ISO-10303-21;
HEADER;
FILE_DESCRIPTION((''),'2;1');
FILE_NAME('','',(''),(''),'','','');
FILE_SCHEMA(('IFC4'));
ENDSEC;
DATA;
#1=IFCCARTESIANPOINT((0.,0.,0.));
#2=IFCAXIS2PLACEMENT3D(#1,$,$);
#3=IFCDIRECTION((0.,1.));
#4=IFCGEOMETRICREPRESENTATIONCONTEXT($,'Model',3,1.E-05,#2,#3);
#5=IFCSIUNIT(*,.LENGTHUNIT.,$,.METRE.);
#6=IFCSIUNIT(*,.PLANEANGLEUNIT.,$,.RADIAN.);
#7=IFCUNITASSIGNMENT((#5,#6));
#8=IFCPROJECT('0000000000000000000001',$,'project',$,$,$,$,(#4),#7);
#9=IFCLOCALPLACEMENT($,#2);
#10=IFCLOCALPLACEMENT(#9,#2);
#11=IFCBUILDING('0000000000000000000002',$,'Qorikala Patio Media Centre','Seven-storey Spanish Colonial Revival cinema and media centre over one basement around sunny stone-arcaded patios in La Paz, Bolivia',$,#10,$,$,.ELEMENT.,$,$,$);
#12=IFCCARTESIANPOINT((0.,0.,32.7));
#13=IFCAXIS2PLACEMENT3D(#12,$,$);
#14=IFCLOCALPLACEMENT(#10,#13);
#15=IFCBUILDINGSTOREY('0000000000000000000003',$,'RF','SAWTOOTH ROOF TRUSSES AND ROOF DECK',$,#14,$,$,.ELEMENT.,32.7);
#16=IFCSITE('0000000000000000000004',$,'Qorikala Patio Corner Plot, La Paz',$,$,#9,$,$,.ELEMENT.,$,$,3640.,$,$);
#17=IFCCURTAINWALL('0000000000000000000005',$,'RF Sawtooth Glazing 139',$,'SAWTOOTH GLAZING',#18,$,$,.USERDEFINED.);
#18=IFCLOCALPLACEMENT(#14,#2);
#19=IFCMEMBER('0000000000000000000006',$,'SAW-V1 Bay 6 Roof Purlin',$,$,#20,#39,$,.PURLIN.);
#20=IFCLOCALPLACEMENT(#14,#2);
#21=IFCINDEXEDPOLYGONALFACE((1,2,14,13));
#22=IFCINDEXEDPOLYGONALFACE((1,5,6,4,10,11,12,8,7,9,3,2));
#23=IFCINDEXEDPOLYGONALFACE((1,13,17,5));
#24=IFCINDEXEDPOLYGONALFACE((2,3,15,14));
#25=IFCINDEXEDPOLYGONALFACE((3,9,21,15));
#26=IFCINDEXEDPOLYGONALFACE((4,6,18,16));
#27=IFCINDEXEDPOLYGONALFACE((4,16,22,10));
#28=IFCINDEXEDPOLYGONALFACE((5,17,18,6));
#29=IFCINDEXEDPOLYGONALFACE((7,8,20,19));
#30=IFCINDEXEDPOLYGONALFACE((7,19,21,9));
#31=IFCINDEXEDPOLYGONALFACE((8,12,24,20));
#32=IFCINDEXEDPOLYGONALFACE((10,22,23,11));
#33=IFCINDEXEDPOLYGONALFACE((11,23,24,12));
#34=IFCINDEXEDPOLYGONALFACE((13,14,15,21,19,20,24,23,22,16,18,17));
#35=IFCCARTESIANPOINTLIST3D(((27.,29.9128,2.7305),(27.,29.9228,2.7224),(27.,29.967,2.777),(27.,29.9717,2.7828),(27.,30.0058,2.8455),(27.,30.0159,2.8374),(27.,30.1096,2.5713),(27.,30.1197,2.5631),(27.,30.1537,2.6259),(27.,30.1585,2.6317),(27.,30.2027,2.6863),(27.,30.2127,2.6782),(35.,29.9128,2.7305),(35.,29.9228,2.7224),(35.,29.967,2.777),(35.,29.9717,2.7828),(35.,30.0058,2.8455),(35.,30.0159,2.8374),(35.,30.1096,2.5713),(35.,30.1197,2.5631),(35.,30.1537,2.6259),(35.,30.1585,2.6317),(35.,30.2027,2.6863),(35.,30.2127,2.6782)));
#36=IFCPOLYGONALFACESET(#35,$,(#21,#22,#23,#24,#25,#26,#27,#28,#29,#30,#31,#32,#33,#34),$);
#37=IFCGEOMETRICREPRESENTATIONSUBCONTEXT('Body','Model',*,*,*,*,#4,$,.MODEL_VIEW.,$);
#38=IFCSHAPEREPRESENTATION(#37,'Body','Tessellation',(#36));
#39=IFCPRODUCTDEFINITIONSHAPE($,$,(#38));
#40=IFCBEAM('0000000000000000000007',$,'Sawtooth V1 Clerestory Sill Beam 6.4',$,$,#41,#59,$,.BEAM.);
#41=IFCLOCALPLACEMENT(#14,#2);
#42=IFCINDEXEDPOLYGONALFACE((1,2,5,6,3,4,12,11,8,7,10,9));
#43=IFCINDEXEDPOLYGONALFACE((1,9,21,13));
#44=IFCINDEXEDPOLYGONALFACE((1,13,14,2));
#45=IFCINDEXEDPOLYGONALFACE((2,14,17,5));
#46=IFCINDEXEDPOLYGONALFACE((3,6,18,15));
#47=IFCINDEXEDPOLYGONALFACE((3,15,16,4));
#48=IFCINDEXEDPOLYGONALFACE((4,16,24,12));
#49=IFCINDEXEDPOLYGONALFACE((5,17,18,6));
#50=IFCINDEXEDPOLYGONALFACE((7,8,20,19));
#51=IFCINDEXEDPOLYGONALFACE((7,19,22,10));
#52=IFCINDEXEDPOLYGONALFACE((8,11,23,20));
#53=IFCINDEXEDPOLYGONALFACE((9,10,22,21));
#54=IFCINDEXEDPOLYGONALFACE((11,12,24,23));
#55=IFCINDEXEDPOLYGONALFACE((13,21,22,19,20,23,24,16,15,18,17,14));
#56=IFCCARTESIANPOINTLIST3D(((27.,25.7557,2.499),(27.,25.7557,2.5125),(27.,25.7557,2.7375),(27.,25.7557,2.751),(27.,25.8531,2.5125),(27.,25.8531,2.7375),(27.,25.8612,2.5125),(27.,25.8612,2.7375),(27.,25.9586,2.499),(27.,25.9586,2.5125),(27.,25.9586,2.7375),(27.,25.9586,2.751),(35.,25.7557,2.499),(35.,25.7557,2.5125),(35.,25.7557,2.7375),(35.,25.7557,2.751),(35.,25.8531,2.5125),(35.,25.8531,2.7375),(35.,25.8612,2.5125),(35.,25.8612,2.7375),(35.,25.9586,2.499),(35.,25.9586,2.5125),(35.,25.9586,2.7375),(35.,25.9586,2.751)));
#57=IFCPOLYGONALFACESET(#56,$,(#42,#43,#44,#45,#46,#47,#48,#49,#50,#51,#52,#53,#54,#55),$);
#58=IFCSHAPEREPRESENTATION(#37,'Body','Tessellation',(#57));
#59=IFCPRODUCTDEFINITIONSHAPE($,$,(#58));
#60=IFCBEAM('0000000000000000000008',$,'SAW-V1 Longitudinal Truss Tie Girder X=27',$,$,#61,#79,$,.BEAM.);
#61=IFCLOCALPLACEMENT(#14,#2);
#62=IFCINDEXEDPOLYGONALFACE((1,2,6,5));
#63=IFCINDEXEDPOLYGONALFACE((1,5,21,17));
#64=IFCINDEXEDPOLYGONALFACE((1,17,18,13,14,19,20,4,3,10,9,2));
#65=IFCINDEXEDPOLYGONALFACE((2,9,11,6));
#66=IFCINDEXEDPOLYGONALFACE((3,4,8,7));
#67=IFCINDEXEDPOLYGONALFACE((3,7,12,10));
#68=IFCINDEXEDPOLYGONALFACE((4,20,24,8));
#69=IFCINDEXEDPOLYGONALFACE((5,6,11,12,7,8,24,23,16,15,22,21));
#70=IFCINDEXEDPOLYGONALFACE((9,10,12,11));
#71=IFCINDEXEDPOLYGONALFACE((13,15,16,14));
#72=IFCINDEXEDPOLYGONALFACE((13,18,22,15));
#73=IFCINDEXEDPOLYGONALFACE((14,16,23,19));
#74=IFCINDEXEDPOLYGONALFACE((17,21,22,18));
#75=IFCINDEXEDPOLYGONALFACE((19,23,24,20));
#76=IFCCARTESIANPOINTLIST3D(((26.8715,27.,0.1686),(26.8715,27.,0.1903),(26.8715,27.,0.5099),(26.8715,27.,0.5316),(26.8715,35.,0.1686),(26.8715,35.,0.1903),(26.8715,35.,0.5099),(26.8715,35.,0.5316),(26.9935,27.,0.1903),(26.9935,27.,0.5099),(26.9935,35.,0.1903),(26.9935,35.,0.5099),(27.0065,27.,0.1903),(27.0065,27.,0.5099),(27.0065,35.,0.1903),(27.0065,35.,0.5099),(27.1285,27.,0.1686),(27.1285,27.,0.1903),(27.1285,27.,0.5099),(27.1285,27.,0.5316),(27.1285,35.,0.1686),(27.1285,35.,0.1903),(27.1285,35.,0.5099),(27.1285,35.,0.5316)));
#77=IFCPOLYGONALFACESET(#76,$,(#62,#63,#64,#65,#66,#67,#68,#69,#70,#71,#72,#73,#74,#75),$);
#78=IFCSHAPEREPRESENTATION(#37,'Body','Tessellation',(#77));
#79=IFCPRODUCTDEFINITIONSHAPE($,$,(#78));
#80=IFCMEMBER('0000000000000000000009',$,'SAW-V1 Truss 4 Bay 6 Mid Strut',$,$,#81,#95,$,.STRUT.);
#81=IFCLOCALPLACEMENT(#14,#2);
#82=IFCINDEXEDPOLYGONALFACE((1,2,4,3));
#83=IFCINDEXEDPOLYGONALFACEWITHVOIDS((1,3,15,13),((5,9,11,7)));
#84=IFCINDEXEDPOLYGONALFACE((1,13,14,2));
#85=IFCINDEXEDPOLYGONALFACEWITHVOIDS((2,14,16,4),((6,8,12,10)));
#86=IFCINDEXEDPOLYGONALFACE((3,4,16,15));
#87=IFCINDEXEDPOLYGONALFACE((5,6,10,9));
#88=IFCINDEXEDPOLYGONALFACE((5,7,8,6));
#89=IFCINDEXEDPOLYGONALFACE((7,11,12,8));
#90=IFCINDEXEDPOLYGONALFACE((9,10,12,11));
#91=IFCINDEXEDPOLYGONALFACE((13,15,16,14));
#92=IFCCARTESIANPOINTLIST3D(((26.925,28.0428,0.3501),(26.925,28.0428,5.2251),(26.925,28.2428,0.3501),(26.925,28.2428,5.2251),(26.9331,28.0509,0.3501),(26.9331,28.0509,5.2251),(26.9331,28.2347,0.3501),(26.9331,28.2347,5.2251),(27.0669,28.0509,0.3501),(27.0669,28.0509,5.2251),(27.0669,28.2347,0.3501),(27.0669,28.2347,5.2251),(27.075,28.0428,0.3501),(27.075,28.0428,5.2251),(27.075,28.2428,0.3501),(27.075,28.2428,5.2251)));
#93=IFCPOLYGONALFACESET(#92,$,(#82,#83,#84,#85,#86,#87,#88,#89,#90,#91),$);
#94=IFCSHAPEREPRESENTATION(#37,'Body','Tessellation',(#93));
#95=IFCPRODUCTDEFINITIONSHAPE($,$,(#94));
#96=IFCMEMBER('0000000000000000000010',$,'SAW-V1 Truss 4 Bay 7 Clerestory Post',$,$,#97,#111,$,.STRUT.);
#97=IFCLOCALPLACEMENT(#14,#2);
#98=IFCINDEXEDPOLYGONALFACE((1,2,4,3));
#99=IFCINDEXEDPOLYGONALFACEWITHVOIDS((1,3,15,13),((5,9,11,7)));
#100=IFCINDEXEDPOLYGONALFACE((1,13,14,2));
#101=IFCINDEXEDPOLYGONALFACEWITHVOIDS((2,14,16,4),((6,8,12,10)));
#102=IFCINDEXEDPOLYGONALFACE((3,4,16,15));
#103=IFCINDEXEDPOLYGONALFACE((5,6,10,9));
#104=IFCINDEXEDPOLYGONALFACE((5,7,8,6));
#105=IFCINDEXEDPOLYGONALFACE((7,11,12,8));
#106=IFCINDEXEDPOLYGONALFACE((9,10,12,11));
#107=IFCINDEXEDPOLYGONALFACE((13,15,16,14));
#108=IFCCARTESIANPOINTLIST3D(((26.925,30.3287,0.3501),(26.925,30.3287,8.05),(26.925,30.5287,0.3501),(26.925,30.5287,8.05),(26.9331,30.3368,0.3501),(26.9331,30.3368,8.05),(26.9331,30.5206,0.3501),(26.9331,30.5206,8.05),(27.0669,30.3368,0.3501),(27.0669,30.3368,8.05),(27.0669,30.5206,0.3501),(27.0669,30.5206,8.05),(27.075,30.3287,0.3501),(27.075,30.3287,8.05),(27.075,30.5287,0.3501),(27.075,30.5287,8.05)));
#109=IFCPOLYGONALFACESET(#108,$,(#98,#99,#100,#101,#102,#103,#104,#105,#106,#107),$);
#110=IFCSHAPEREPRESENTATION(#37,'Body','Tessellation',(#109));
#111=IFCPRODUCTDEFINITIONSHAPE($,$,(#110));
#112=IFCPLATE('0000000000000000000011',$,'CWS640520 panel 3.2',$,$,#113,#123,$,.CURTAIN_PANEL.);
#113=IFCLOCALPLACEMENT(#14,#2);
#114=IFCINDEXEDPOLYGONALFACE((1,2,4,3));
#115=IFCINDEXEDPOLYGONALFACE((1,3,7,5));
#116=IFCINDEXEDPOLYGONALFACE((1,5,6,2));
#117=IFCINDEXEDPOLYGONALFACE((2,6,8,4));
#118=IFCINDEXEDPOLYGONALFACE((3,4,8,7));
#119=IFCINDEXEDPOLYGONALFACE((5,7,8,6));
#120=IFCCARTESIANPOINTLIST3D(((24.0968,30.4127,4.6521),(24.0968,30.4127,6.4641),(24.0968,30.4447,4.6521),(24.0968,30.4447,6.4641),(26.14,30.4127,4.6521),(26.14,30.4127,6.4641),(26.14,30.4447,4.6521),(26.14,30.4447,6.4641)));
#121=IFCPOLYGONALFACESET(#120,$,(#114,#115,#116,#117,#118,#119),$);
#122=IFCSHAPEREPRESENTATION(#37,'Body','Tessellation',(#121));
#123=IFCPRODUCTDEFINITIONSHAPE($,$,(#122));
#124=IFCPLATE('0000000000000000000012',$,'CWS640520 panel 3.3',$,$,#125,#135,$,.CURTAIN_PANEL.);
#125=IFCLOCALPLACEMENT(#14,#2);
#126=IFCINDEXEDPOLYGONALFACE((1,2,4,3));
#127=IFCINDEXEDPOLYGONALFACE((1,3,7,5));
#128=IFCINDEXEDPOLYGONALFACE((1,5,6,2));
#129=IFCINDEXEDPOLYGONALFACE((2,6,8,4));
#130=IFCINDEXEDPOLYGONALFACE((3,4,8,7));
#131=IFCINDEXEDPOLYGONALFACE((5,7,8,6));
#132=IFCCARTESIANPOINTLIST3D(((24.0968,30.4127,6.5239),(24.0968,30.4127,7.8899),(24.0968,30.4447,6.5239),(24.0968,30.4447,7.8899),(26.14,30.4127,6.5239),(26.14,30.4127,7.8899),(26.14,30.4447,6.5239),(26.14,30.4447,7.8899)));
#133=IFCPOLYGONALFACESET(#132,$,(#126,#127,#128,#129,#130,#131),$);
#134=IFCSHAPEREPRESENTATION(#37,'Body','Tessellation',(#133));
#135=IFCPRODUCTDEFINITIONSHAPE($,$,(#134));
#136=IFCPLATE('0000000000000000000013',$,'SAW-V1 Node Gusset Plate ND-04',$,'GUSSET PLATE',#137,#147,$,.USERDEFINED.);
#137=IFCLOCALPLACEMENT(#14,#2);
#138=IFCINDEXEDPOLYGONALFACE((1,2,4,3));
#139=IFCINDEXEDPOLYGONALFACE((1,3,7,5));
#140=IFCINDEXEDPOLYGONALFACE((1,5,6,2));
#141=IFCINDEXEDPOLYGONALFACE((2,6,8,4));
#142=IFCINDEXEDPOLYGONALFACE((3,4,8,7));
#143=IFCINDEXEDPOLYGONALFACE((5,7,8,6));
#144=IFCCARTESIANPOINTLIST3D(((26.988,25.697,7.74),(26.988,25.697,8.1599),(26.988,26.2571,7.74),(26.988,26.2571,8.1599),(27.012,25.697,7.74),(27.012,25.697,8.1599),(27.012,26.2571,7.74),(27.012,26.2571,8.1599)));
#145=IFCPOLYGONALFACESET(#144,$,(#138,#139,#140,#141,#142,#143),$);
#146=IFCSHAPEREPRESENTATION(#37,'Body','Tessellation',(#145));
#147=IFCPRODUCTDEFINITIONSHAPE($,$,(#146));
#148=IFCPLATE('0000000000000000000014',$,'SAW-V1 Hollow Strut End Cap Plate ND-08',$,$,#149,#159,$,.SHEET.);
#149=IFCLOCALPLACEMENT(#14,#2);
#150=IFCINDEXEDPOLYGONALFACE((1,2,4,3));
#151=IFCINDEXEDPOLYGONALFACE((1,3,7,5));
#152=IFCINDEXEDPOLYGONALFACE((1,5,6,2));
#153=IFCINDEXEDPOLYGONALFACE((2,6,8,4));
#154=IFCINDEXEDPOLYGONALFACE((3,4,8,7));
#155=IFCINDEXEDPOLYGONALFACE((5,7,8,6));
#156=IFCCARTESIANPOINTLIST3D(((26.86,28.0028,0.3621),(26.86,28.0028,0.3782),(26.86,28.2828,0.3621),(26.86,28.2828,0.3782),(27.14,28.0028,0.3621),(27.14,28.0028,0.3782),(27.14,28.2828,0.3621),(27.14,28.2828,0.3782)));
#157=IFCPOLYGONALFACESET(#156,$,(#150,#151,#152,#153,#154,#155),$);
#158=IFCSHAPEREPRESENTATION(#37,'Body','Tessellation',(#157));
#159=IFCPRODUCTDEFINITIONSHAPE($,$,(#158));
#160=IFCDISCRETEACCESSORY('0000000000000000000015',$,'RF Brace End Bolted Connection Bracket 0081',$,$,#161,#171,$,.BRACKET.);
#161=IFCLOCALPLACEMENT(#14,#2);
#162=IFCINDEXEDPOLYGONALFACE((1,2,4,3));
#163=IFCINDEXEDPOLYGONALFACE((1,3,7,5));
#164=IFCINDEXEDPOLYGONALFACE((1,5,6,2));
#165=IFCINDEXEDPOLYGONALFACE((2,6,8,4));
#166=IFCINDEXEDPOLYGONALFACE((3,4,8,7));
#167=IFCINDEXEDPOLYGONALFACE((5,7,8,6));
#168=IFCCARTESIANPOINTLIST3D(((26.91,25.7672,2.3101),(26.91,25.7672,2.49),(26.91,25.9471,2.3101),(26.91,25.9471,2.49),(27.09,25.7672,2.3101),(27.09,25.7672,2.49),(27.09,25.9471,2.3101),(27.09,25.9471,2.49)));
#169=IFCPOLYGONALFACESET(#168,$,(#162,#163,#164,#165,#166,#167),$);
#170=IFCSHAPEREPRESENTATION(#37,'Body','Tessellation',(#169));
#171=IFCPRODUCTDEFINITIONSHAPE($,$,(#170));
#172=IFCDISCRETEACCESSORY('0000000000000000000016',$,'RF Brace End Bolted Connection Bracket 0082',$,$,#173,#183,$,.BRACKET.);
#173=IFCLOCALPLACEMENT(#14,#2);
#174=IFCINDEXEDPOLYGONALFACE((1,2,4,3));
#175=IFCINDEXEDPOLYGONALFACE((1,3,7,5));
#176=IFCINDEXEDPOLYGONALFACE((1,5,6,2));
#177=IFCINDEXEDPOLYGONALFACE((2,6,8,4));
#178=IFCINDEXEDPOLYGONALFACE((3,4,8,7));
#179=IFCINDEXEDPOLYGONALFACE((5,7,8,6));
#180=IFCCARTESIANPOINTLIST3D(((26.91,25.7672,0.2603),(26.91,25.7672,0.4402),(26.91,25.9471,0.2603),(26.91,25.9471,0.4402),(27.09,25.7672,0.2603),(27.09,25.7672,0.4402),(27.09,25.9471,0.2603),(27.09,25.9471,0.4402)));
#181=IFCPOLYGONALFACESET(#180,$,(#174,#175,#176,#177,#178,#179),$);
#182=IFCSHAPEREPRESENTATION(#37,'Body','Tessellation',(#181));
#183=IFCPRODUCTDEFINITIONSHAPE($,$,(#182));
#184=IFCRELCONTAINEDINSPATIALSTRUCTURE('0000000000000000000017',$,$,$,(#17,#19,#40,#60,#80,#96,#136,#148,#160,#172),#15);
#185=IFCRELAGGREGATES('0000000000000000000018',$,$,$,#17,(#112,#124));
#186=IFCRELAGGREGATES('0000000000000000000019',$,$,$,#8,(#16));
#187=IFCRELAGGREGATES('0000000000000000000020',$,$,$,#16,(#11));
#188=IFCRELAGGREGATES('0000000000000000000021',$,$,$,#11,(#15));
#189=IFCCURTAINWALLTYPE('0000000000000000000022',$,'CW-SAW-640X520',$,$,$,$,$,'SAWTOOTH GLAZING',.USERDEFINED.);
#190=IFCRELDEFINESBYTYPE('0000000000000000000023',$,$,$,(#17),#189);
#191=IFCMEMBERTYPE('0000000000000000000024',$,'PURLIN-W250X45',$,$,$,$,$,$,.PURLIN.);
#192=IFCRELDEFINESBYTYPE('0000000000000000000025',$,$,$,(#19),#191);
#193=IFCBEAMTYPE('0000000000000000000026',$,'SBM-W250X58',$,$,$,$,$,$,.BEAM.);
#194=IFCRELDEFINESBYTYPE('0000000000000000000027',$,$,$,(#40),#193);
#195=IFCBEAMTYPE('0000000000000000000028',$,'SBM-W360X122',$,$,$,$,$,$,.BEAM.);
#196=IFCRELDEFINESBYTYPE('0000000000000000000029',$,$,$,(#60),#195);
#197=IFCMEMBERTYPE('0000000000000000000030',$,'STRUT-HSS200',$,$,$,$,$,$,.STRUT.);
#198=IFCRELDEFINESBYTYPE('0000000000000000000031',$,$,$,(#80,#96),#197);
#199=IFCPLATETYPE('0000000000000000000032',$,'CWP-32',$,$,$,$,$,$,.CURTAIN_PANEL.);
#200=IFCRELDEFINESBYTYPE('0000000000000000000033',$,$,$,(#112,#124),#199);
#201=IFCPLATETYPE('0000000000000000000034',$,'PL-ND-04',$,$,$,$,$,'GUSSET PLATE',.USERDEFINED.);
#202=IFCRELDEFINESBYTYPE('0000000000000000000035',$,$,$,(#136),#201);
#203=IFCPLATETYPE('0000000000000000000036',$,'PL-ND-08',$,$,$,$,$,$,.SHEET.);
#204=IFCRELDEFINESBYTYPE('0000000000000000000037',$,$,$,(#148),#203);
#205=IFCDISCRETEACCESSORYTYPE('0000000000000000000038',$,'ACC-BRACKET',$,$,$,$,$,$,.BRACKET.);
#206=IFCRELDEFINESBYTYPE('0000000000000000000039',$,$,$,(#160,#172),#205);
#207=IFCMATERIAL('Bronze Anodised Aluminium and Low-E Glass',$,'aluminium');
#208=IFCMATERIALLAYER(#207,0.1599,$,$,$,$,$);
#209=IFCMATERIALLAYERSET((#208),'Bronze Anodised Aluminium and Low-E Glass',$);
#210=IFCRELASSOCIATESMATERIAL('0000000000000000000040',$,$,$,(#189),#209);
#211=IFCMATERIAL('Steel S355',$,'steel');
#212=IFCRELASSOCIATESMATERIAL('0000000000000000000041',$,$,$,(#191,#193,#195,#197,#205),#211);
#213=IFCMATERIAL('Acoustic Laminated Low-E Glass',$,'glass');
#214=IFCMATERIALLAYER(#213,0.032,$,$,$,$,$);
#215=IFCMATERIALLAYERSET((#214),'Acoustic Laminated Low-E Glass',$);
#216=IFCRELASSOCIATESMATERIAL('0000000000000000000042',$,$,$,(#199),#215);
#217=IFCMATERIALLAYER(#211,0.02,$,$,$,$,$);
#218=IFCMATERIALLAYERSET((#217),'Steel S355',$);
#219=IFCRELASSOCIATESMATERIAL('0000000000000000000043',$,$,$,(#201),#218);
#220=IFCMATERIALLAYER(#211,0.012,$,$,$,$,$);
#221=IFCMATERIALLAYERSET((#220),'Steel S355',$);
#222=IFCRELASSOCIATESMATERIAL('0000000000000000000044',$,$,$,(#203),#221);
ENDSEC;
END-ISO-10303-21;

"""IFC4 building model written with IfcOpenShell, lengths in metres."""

from ifc_helpers import new_model, si_unit, direction, frame, origin, origin_2d, place, context, subcontext, project, spatial, rectangle, hollow_rectangle, i_section, extrude, material, layer, layer_set, material_profile, profile_set, type_object, element, aggregate, save


model = new_model("IFC4")

# Units and contexts
model_context = context("Model", 3, precision=1e-05, world=origin(), true_north=direction((0.0, 1.0)))
body_context = subcontext(model_context, "Body", "Model", "MODEL_VIEW")
ifc_project = project(units=[si_unit("LENGTHUNIT", "METRE"), si_unit("PLANEANGLEUNIT", "RADIAN")], contexts=[model_context])

# Site, building, storey
site_placement = place(None, origin())
site = spatial("IfcSite", under=ifc_project, at=site_placement, Name="Qorikala Patio Corner Plot, La Paz", CompositionType="ELEMENT", RefElevation=3640.0)
building_placement = place(site_placement, origin())
building = spatial("IfcBuilding", under=site, at=building_placement, Name="Qorikala Patio Media Centre", Description="Seven-storey Spanish Colonial Revival cinema and media centre over one basement around sunny stone-arcaded patios in La Paz, Bolivia", CompositionType="ELEMENT")
storey_placement = place(building_placement, frame((0.0, 0.0, 32.7)))
storey = spatial("IfcBuildingStorey", under=building, at=storey_placement, Name="RF", Description="SAWTOOTH ROOF TRUSSES AND ROOF DECK", CompositionType="ELEMENT", Elevation=32.7)

# Shared definitions
ifc_material_1 = material(Name="Steel S355", Category="steel")

# Curtain wall
ifc_material_2 = material(Name="Bronze Anodised Aluminium and Low-E Glass", Category="aluminium")
ifc_layer_1 = layer(ifc_material_2, 0.1599)
ifc_layer_set_1 = layer_set([ifc_layer_1], Name="Bronze Anodised Aluminium and Low-E Glass")
curtain_wall_type_1 = type_object("IfcCurtainWallType", Name="CW-SAW-640X520", ElementType="SAWTOOTH GLAZING", PredefinedType="USERDEFINED", material=ifc_layer_set_1)
curtain_wall_1_placement = place(storey_placement, origin())
curtain_wall_1 = element("IfcCurtainWall", 1, at=curtain_wall_1_placement, inside=storey, type_object=curtain_wall_type_1, Name="RF Sawtooth Glazing 139", ObjectType="SAWTOOTH GLAZING", PredefinedType="USERDEFINED")

# Member
ifc_material_profile_1 = material_profile(ifc_material_1, i_section(OverallWidth=0.1479, OverallDepth=0.2661, WebThickness=0.0076, FlangeThickness=0.0129, at=origin_2d()), Name="W250X45")
ifc_profile_set_1 = profile_set([ifc_material_profile_1], Name="Steel S355")
member_type_1 = type_object("IfcMemberType", Name="PURLIN-W250X45", PredefinedType="PURLIN", material=ifc_profile_set_1)
for number, where, z_axis, x_axis, name in (
    (2, (27.0, 30.0627, 2.7043), (1.0, 0.0, 0.0), (0.0, 0.628995, 0.77741), "SAW-V1 Bay 6 Roof Purlin"),
):
    element("IfcMember", number, at=place(storey_placement, frame(where, z_axis=z_axis, x_axis=x_axis)), inside=storey, type_object=member_type_1, Name=name, PredefinedType="PURLIN", context=body_context, shape_type="SweptSolid", body=[
        extrude(i_section(OverallWidth=0.1479, OverallDepth=0.2661, WebThickness=0.0076, FlangeThickness=0.0129, at=origin_2d()), origin(), (0.0, 0.0, 1.0), 8.0),
    ])

# Beams
ifc_material_profile_2 = material_profile(ifc_material_1, i_section(OverallWidth=0.2029, OverallDepth=0.252, WebThickness=0.0081, FlangeThickness=0.0134, at=origin_2d()), Name="W250X58")
ifc_profile_set_2 = profile_set([ifc_material_profile_2], Name="Steel S355")
beam_type_1 = type_object("IfcBeamType", Name="SBM-W250X58", PredefinedType="BEAM", material=ifc_profile_set_2)
beam_1_placement = place(storey_placement, frame((27.0, 25.8572, 2.625), z_axis=(1.0, 0.0, 0.0), x_axis=(0.0, 1.0, 0.0)))
element("IfcBeam", 3, at=beam_1_placement, inside=storey, type_object=beam_type_1, Name="Sawtooth V1 Clerestory Sill Beam 6.4", PredefinedType="BEAM", context=body_context, shape_type="SweptSolid", body=[
    extrude(i_section(OverallWidth=0.2029, OverallDepth=0.252, WebThickness=0.0081, FlangeThickness=0.0134, at=origin_2d()), origin(), (0.0, 0.0, 1.0), 8.0),
])
ifc_material_profile_3 = material_profile(ifc_material_1, i_section(OverallWidth=0.2571, OverallDepth=0.363, WebThickness=0.0129, FlangeThickness=0.0217, at=origin_2d()), Name="W360X122")
ifc_profile_set_3 = profile_set([ifc_material_profile_3], Name="Steel S355")
beam_type_2 = type_object("IfcBeamType", Name="SBM-W360X122", PredefinedType="BEAM", material=ifc_profile_set_3)
beam_2_placement = place(storey_placement, frame((27.0, 27.0, 0.3501), z_axis=(0.0, 1.0, 0.0), x_axis=(-1.0, 0.0, 0.0)))
element("IfcBeam", 4, at=beam_2_placement, inside=storey, type_object=beam_type_2, Name="SAW-V1 Longitudinal Truss Tie Girder X=27", PredefinedType="BEAM", context=body_context, shape_type="SweptSolid", body=[
    extrude(i_section(OverallWidth=0.2571, OverallDepth=0.363, WebThickness=0.0129, FlangeThickness=0.0217, at=origin_2d()), origin(), (0.0, 0.0, 1.0), 8.0),
])

# Members
ifc_material_profile_4 = material_profile(ifc_material_1, hollow_rectangle(XDim=0.1499, YDim=0.2, WallThickness=0.0081, at=origin_2d()), Name="HSS200X150X8")
ifc_profile_set_4 = profile_set([ifc_material_profile_4], Name="Steel S355")
member_type_2 = type_object("IfcMemberType", Name="STRUT-HSS200", PredefinedType="STRUT", material=ifc_profile_set_4)
member_1_placement = place(storey_placement, frame((27.0, 28.1428, 0.3501), z_axis=(0.0, 0.0, 1.0), x_axis=(1.0, 0.0, 0.0)))
element("IfcMember", 5, at=member_1_placement, inside=storey, type_object=member_type_2, Name="SAW-V1 Truss 4 Bay 6 Mid Strut", PredefinedType="STRUT", context=body_context, shape_type="SweptSolid", body=[
    extrude(hollow_rectangle(XDim=0.1499, YDim=0.2, WallThickness=0.0081, at=origin_2d()), origin(), (0.0, 0.0, 1.0), 4.875),
])
member_2_placement = place(storey_placement, frame((27.0, 30.4287, 0.3501), z_axis=(0.0, 0.0, 1.0), x_axis=(1.0, 0.0, 0.0)))
element("IfcMember", 6, at=member_2_placement, inside=storey, type_object=member_type_2, Name="SAW-V1 Truss 4 Bay 7 Clerestory Post", PredefinedType="STRUT", context=body_context, shape_type="SweptSolid", body=[
    extrude(hollow_rectangle(XDim=0.1499, YDim=0.2, WallThickness=0.0081, at=origin_2d()), origin(), (0.0, 0.0, 1.0), 7.7),
])

# Plates
ifc_material_3 = material(Name="Acoustic Laminated Low-E Glass", Category="glass")
ifc_layer_2 = layer(ifc_material_3, 0.032)
ifc_layer_set_2 = layer_set([ifc_layer_2], Name="Acoustic Laminated Low-E Glass")
plate_type_1 = type_object("IfcPlateType", Name="CWP-32", PredefinedType="CURTAIN_PANEL", material=ifc_layer_set_2)
plate_1_placement = place(storey_placement, frame((25.1184, 30.4287, 4.6521), z_axis=(0.0, 0.0, 1.0), x_axis=(1.0, 0.0, 0.0)))
plate_1 = element("IfcPlate", 7, at=plate_1_placement, type_object=plate_type_1, Name="CWS640520 panel 3.2", PredefinedType="CURTAIN_PANEL", context=body_context, shape_type="SweptSolid", body=[
    extrude(rectangle(XDim=2.0432, YDim=0.032, at=origin_2d()), origin(), (0.0, 0.0, 1.0), 1.812),
])
plate_2_placement = place(storey_placement, frame((25.1184, 30.4287, 6.5239), z_axis=(0.0, 0.0, 1.0), x_axis=(1.0, 0.0, 0.0)))
plate_2 = element("IfcPlate", 8, at=plate_2_placement, type_object=plate_type_1, Name="CWS640520 panel 3.3", PredefinedType="CURTAIN_PANEL", context=body_context, shape_type="SweptSolid", body=[
    extrude(rectangle(XDim=2.0432, YDim=0.032, at=origin_2d()), origin(), (0.0, 0.0, 1.0), 1.366),
])
aggregate(curtain_wall_1, [plate_1, plate_2])

# Plates
ifc_layer_3 = layer(ifc_material_1, 0.02)
ifc_layer_set_3 = layer_set([ifc_layer_3], Name="Steel S355")
plate_type_2 = type_object("IfcPlateType", Name="PL-ND-04", ElementType="GUSSET PLATE", PredefinedType="USERDEFINED", material=ifc_layer_set_3)
plate_3_placement = place(storey_placement, frame((27.0, 25.9771, 7.74), z_axis=(0.0, 0.0, 1.0), x_axis=(1.0, 0.0, 0.0)))
element("IfcPlate", 9, at=plate_3_placement, inside=storey, type_object=plate_type_2, Name="SAW-V1 Node Gusset Plate ND-04", ObjectType="GUSSET PLATE", PredefinedType="USERDEFINED", context=body_context, shape_type="SweptSolid", body=[
    extrude(rectangle(XDim=0.0239, YDim=0.5601, at=origin_2d()), origin(), (0.0, 0.0, 1.0), 0.4199),
])
ifc_layer_4 = layer(ifc_material_1, 0.012)
ifc_layer_set_4 = layer_set([ifc_layer_4], Name="Steel S355")
plate_type_3 = type_object("IfcPlateType", Name="PL-ND-08", PredefinedType="SHEET", material=ifc_layer_set_4)
plate_4_placement = place(storey_placement, frame((27.0, 28.1428, 0.3621), z_axis=(0.0, 0.0, 1.0), x_axis=(1.0, 0.0, 0.0)))
element("IfcPlate", 10, at=plate_4_placement, inside=storey, type_object=plate_type_3, Name="SAW-V1 Hollow Strut End Cap Plate ND-08", PredefinedType="SHEET", context=body_context, shape_type="SweptSolid", body=[
    extrude(rectangle(XDim=0.28, YDim=0.28, at=origin_2d()), origin(), (0.0, 0.0, 1.0), 0.0161),
])

# Discrete accessories
discrete_accessory_type = type_object("IfcDiscreteAccessoryType", Name="ACC-BRACKET", PredefinedType="BRACKET", material=ifc_material_1)
for number, where, z_axis, x_axis, name in (
    (11, (27.0, 25.8572, 2.3101), (0.0, 0.0, 1.0), (1.0, 0.0, 0.0), "RF Brace End Bolted Connection Bracket 0081"),
    (12, (27.0, 25.8572, 0.2603), (0.0, 0.0, 1.0), (1.0, 0.0, 0.0), "RF Brace End Bolted Connection Bracket 0082"),
):
    element("IfcDiscreteAccessory", number, at=place(storey_placement, frame(where, z_axis=z_axis, x_axis=x_axis)), inside=storey, type_object=discrete_accessory_type, Name=name, PredefinedType="BRACKET", context=body_context, shape_type="SweptSolid", body=[
        extrude(rectangle(XDim=0.1799, YDim=0.1799, at=origin_2d()), origin(), (0.0, 0.0, 1.0), 0.1799),
    ])

save(model, "model.ifc")
